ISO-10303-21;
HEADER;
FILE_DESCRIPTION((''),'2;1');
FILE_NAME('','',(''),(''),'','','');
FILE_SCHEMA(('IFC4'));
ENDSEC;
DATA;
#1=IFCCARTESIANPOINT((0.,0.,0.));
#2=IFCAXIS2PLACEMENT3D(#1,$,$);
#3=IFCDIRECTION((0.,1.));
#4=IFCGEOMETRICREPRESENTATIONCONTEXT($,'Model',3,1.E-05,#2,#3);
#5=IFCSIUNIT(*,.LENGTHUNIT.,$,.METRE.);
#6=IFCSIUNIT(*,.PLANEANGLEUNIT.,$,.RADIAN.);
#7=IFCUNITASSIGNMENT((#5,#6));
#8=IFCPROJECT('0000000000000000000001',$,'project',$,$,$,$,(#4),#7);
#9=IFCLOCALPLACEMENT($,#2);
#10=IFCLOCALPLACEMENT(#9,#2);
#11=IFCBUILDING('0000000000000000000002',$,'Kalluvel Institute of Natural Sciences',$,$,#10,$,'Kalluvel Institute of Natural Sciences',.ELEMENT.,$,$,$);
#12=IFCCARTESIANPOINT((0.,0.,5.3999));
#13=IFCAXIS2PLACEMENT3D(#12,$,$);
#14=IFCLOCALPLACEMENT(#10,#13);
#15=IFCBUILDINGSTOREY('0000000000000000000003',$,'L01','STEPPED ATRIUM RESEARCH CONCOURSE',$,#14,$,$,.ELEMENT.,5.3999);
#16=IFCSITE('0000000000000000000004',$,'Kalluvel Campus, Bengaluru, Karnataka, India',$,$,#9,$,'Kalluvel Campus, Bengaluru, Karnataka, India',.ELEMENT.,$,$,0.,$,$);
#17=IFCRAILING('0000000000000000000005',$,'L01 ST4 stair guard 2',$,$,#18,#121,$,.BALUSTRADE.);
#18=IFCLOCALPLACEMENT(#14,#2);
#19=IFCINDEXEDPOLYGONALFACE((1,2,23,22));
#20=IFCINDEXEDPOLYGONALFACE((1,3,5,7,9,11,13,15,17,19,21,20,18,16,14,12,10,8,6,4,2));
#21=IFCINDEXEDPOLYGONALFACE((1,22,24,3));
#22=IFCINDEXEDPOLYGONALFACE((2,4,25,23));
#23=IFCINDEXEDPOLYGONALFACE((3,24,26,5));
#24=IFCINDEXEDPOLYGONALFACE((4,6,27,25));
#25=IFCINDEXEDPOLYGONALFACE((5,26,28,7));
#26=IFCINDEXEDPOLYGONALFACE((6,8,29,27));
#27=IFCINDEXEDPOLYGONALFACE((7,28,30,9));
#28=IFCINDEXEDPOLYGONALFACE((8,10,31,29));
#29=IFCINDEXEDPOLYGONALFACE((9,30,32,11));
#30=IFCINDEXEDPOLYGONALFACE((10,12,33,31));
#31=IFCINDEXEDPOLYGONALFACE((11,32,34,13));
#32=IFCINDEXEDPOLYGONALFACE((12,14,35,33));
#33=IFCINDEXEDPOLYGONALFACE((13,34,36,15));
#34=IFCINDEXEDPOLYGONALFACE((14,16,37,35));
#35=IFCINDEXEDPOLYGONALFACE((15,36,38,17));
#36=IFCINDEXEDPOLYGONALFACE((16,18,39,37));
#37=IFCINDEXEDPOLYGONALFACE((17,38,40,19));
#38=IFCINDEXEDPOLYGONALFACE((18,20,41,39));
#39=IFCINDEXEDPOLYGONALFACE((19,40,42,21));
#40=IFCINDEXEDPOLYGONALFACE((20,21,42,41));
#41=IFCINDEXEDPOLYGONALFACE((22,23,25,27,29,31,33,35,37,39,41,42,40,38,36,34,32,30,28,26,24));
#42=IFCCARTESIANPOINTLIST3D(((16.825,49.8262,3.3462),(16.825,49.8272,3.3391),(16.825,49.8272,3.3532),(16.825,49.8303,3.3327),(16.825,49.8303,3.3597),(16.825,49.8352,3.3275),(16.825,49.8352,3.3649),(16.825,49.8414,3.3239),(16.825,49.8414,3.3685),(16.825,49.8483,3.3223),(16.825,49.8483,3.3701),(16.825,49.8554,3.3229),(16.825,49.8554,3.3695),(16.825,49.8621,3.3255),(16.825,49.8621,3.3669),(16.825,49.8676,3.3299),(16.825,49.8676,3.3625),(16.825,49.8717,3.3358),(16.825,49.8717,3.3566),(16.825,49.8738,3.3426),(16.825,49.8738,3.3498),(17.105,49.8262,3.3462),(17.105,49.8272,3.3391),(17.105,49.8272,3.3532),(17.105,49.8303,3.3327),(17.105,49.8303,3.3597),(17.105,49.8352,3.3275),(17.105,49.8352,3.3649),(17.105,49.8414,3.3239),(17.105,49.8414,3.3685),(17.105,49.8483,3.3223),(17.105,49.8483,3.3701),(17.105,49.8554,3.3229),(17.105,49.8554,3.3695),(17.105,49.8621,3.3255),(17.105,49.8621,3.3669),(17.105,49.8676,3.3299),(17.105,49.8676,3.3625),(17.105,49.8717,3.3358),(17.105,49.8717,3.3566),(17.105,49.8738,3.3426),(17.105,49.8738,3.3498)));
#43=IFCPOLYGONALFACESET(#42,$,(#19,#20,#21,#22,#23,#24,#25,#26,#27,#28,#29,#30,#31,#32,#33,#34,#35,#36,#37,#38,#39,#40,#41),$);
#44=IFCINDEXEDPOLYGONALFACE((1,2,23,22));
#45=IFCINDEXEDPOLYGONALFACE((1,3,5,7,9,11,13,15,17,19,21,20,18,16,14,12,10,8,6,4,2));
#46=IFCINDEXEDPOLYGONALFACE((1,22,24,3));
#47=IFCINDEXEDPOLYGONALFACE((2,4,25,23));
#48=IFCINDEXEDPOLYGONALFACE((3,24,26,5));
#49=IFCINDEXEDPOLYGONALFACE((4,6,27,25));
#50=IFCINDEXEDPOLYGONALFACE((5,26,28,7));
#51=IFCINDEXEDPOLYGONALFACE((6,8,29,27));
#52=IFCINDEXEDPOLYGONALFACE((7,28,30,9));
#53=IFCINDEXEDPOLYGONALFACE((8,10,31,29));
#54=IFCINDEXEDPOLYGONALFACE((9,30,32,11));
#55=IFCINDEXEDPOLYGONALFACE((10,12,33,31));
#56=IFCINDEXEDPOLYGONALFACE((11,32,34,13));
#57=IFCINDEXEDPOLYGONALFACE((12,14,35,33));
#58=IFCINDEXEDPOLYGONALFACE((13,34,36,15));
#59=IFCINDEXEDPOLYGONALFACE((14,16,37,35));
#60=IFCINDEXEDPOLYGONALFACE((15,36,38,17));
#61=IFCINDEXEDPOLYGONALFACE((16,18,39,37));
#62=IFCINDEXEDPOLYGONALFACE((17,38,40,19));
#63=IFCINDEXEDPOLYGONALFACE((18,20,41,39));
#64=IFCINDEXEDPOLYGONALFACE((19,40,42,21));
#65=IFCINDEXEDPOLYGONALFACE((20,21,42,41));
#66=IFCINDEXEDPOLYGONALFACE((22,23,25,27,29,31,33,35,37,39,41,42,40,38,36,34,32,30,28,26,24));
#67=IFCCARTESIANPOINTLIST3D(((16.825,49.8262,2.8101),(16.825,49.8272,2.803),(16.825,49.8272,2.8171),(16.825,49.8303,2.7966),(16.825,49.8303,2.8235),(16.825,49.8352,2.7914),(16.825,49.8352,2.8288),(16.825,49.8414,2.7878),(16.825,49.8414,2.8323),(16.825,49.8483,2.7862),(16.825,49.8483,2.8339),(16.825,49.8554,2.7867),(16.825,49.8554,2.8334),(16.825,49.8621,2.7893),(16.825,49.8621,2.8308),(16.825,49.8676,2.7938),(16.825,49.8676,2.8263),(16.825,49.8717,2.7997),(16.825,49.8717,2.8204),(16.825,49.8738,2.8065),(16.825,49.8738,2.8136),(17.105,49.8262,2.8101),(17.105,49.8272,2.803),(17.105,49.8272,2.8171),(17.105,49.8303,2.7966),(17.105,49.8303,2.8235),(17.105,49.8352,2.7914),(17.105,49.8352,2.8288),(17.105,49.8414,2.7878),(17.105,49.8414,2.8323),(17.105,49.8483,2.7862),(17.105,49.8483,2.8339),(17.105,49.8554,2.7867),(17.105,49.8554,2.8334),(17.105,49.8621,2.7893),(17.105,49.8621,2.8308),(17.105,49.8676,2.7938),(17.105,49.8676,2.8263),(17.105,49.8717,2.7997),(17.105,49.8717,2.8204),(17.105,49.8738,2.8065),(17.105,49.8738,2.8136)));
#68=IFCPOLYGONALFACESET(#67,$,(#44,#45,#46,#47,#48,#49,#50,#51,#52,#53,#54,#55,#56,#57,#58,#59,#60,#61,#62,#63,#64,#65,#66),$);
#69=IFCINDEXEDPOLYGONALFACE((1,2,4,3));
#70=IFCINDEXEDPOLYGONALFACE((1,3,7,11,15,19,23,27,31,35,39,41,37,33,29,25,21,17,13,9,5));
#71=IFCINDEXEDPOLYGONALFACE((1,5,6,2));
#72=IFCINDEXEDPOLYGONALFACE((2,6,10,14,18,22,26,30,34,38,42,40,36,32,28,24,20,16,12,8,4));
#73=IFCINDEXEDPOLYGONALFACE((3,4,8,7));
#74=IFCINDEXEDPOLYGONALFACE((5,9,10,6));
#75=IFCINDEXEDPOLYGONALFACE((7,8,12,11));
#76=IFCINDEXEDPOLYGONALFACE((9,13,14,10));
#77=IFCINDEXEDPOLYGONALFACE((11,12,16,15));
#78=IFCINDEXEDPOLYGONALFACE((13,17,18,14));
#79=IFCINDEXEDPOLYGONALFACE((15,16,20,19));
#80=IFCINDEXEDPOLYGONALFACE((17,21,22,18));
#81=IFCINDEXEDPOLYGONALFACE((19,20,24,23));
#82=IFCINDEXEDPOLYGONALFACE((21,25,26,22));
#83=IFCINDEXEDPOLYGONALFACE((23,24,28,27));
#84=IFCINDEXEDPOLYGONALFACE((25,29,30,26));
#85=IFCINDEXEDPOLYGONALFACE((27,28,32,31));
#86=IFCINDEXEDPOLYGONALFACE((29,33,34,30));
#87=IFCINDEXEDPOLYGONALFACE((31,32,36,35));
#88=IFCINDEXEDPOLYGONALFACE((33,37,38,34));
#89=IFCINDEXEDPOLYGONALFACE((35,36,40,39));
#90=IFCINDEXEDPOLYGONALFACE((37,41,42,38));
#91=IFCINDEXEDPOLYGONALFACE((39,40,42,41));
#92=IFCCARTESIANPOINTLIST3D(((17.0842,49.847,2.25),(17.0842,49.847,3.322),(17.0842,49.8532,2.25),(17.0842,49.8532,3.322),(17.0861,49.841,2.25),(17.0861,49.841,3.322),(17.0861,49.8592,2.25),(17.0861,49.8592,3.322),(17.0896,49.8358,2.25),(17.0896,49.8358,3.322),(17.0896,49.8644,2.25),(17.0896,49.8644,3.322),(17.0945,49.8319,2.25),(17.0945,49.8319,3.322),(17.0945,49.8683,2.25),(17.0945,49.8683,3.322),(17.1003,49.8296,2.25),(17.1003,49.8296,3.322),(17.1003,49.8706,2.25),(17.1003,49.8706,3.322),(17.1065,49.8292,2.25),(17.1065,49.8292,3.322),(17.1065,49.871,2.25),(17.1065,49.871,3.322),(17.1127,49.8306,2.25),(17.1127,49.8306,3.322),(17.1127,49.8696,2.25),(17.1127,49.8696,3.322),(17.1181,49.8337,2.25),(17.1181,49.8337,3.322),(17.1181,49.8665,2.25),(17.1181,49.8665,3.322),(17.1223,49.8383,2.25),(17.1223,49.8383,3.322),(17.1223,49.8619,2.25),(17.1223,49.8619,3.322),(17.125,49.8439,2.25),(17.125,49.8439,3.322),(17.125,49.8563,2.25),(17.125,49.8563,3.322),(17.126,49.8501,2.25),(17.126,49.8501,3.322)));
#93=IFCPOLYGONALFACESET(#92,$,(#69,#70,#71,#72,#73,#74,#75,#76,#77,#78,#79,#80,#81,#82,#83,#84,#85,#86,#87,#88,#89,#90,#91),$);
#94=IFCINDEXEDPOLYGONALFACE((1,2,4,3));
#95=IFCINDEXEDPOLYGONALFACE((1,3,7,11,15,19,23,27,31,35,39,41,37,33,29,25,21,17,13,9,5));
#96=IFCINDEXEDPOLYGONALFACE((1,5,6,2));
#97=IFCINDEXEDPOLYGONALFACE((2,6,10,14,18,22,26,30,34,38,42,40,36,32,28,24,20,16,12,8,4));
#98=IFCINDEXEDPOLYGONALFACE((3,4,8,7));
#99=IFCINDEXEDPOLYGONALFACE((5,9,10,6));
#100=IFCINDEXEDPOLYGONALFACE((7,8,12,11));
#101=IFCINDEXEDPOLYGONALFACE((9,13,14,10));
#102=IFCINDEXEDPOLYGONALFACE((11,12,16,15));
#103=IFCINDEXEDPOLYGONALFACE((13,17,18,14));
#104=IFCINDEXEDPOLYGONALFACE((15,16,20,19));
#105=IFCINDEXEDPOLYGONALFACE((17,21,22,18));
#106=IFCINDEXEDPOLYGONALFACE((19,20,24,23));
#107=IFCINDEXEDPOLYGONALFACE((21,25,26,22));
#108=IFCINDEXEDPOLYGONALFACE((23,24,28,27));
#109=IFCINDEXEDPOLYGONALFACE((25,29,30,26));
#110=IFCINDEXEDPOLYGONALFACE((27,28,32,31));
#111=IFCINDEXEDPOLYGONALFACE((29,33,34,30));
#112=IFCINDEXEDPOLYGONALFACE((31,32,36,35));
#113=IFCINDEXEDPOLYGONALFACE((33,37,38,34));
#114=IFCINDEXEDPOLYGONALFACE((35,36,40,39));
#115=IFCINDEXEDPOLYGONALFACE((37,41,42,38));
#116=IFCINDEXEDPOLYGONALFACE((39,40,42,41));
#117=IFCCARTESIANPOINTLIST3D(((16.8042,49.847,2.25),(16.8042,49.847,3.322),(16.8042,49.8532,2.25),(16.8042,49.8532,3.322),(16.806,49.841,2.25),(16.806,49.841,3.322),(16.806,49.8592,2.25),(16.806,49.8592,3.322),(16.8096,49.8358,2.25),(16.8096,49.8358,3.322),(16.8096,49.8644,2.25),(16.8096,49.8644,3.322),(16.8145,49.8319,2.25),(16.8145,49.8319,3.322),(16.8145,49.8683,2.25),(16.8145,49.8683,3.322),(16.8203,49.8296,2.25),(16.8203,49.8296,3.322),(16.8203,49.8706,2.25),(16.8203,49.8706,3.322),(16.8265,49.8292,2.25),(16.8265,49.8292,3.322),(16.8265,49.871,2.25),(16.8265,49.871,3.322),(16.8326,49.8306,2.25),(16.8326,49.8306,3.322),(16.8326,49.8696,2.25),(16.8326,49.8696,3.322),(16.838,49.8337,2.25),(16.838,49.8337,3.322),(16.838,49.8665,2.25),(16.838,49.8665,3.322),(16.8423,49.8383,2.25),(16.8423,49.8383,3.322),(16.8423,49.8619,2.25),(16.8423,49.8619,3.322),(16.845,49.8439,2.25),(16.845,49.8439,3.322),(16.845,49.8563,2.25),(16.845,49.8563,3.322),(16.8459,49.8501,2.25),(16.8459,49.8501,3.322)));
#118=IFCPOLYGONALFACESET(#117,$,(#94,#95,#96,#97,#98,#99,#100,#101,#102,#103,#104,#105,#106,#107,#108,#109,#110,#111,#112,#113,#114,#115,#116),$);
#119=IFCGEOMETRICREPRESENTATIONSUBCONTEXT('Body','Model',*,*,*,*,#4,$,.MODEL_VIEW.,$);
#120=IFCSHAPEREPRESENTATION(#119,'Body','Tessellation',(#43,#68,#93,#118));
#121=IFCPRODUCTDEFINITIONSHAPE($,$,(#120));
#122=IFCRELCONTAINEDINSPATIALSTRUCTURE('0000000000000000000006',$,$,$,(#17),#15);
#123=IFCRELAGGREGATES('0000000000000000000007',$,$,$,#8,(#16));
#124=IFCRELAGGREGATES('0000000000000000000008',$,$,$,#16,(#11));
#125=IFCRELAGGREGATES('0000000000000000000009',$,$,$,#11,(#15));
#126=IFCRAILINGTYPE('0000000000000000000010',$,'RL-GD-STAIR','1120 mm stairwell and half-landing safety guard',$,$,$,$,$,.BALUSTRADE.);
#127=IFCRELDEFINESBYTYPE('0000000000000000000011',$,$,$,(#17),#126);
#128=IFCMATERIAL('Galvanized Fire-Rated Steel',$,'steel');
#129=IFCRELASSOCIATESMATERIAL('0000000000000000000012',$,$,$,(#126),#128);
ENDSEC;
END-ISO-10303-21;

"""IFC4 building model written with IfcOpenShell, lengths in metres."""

from ifc_helpers import new_model, si_unit, direction, frame, origin, origin_2d, place, context, subcontext, project, spatial, circle, extrude, material, type_object, element, save


model = new_model("IFC4")

# Units and contexts
model_context = context("Model", 3, precision=1e-05, world=origin(), true_north=direction((0.0, 1.0)))
body_context = subcontext(model_context, "Body", "Model", "MODEL_VIEW")
ifc_project = project(units=[si_unit("LENGTHUNIT", "METRE"), si_unit("PLANEANGLEUNIT", "RADIAN")], contexts=[model_context])

# Site, building, storey
site_placement = place(None, origin())
site = spatial("IfcSite", under=ifc_project, at=site_placement, Name="Kalluvel Campus, Bengaluru, Karnataka, India", LongName="Kalluvel Campus, Bengaluru, Karnataka, India", CompositionType="ELEMENT", RefElevation=0.0)
building_placement = place(site_placement, origin())
building = spatial("IfcBuilding", under=site, at=building_placement, Name="Kalluvel Institute of Natural Sciences", LongName="Kalluvel Institute of Natural Sciences", CompositionType="ELEMENT")
storey_placement = place(building_placement, frame((0.0, 0.0, 5.3999)))
storey = spatial("IfcBuildingStorey", under=building, at=storey_placement, Name="L01", Description="STEPPED ATRIUM RESEARCH CONCOURSE", CompositionType="ELEMENT", Elevation=5.3999)

# Shared definitions
ifc_material_1 = material(Name="Galvanized Fire-Rated Steel", Category="steel")

# Railing
railing_type_1 = type_object("IfcRailingType", Name="RL-GD-STAIR", Description="1120 mm stairwell and half-landing safety guard", PredefinedType="BALUSTRADE", material=ifc_material_1)
railing_1_placement = place(storey_placement, frame((17.105, 49.8501, 2.25)))
element("IfcRailing", 1, at=railing_1_placement, inside=storey, type_object=railing_type_1, Name="L01 ST4 stair guard 2", PredefinedType="BALUSTRADE", context=body_context, shape_type="SweptSolid", body=[
    extrude(circle(Radius=0.0239, at=origin_2d()), frame((0.0, 0.0, 1.0962), z_axis=(-1.0, 0.0, 0.0), x_axis=(0.0, -1.0, 0.0)), (0.0, 0.0, 1.0), 0.28),
    extrude(circle(Radius=0.0239, at=origin_2d()), frame((0.0, 0.0, 0.5601), z_axis=(-1.0, 0.0, 0.0), x_axis=(0.0, -1.0, 0.0)), (0.0, 0.0, 1.0), 0.28),
    extrude(circle(Radius=0.021, at=origin_2d()), origin(), (0.0, 0.0, 1.0), 1.072),
    extrude(circle(Radius=0.021, at=origin_2d()), frame((-0.28, 0.0, 0.0)), (0.0, 0.0, 1.0), 1.072),
])

save(model, "model.ifc")
